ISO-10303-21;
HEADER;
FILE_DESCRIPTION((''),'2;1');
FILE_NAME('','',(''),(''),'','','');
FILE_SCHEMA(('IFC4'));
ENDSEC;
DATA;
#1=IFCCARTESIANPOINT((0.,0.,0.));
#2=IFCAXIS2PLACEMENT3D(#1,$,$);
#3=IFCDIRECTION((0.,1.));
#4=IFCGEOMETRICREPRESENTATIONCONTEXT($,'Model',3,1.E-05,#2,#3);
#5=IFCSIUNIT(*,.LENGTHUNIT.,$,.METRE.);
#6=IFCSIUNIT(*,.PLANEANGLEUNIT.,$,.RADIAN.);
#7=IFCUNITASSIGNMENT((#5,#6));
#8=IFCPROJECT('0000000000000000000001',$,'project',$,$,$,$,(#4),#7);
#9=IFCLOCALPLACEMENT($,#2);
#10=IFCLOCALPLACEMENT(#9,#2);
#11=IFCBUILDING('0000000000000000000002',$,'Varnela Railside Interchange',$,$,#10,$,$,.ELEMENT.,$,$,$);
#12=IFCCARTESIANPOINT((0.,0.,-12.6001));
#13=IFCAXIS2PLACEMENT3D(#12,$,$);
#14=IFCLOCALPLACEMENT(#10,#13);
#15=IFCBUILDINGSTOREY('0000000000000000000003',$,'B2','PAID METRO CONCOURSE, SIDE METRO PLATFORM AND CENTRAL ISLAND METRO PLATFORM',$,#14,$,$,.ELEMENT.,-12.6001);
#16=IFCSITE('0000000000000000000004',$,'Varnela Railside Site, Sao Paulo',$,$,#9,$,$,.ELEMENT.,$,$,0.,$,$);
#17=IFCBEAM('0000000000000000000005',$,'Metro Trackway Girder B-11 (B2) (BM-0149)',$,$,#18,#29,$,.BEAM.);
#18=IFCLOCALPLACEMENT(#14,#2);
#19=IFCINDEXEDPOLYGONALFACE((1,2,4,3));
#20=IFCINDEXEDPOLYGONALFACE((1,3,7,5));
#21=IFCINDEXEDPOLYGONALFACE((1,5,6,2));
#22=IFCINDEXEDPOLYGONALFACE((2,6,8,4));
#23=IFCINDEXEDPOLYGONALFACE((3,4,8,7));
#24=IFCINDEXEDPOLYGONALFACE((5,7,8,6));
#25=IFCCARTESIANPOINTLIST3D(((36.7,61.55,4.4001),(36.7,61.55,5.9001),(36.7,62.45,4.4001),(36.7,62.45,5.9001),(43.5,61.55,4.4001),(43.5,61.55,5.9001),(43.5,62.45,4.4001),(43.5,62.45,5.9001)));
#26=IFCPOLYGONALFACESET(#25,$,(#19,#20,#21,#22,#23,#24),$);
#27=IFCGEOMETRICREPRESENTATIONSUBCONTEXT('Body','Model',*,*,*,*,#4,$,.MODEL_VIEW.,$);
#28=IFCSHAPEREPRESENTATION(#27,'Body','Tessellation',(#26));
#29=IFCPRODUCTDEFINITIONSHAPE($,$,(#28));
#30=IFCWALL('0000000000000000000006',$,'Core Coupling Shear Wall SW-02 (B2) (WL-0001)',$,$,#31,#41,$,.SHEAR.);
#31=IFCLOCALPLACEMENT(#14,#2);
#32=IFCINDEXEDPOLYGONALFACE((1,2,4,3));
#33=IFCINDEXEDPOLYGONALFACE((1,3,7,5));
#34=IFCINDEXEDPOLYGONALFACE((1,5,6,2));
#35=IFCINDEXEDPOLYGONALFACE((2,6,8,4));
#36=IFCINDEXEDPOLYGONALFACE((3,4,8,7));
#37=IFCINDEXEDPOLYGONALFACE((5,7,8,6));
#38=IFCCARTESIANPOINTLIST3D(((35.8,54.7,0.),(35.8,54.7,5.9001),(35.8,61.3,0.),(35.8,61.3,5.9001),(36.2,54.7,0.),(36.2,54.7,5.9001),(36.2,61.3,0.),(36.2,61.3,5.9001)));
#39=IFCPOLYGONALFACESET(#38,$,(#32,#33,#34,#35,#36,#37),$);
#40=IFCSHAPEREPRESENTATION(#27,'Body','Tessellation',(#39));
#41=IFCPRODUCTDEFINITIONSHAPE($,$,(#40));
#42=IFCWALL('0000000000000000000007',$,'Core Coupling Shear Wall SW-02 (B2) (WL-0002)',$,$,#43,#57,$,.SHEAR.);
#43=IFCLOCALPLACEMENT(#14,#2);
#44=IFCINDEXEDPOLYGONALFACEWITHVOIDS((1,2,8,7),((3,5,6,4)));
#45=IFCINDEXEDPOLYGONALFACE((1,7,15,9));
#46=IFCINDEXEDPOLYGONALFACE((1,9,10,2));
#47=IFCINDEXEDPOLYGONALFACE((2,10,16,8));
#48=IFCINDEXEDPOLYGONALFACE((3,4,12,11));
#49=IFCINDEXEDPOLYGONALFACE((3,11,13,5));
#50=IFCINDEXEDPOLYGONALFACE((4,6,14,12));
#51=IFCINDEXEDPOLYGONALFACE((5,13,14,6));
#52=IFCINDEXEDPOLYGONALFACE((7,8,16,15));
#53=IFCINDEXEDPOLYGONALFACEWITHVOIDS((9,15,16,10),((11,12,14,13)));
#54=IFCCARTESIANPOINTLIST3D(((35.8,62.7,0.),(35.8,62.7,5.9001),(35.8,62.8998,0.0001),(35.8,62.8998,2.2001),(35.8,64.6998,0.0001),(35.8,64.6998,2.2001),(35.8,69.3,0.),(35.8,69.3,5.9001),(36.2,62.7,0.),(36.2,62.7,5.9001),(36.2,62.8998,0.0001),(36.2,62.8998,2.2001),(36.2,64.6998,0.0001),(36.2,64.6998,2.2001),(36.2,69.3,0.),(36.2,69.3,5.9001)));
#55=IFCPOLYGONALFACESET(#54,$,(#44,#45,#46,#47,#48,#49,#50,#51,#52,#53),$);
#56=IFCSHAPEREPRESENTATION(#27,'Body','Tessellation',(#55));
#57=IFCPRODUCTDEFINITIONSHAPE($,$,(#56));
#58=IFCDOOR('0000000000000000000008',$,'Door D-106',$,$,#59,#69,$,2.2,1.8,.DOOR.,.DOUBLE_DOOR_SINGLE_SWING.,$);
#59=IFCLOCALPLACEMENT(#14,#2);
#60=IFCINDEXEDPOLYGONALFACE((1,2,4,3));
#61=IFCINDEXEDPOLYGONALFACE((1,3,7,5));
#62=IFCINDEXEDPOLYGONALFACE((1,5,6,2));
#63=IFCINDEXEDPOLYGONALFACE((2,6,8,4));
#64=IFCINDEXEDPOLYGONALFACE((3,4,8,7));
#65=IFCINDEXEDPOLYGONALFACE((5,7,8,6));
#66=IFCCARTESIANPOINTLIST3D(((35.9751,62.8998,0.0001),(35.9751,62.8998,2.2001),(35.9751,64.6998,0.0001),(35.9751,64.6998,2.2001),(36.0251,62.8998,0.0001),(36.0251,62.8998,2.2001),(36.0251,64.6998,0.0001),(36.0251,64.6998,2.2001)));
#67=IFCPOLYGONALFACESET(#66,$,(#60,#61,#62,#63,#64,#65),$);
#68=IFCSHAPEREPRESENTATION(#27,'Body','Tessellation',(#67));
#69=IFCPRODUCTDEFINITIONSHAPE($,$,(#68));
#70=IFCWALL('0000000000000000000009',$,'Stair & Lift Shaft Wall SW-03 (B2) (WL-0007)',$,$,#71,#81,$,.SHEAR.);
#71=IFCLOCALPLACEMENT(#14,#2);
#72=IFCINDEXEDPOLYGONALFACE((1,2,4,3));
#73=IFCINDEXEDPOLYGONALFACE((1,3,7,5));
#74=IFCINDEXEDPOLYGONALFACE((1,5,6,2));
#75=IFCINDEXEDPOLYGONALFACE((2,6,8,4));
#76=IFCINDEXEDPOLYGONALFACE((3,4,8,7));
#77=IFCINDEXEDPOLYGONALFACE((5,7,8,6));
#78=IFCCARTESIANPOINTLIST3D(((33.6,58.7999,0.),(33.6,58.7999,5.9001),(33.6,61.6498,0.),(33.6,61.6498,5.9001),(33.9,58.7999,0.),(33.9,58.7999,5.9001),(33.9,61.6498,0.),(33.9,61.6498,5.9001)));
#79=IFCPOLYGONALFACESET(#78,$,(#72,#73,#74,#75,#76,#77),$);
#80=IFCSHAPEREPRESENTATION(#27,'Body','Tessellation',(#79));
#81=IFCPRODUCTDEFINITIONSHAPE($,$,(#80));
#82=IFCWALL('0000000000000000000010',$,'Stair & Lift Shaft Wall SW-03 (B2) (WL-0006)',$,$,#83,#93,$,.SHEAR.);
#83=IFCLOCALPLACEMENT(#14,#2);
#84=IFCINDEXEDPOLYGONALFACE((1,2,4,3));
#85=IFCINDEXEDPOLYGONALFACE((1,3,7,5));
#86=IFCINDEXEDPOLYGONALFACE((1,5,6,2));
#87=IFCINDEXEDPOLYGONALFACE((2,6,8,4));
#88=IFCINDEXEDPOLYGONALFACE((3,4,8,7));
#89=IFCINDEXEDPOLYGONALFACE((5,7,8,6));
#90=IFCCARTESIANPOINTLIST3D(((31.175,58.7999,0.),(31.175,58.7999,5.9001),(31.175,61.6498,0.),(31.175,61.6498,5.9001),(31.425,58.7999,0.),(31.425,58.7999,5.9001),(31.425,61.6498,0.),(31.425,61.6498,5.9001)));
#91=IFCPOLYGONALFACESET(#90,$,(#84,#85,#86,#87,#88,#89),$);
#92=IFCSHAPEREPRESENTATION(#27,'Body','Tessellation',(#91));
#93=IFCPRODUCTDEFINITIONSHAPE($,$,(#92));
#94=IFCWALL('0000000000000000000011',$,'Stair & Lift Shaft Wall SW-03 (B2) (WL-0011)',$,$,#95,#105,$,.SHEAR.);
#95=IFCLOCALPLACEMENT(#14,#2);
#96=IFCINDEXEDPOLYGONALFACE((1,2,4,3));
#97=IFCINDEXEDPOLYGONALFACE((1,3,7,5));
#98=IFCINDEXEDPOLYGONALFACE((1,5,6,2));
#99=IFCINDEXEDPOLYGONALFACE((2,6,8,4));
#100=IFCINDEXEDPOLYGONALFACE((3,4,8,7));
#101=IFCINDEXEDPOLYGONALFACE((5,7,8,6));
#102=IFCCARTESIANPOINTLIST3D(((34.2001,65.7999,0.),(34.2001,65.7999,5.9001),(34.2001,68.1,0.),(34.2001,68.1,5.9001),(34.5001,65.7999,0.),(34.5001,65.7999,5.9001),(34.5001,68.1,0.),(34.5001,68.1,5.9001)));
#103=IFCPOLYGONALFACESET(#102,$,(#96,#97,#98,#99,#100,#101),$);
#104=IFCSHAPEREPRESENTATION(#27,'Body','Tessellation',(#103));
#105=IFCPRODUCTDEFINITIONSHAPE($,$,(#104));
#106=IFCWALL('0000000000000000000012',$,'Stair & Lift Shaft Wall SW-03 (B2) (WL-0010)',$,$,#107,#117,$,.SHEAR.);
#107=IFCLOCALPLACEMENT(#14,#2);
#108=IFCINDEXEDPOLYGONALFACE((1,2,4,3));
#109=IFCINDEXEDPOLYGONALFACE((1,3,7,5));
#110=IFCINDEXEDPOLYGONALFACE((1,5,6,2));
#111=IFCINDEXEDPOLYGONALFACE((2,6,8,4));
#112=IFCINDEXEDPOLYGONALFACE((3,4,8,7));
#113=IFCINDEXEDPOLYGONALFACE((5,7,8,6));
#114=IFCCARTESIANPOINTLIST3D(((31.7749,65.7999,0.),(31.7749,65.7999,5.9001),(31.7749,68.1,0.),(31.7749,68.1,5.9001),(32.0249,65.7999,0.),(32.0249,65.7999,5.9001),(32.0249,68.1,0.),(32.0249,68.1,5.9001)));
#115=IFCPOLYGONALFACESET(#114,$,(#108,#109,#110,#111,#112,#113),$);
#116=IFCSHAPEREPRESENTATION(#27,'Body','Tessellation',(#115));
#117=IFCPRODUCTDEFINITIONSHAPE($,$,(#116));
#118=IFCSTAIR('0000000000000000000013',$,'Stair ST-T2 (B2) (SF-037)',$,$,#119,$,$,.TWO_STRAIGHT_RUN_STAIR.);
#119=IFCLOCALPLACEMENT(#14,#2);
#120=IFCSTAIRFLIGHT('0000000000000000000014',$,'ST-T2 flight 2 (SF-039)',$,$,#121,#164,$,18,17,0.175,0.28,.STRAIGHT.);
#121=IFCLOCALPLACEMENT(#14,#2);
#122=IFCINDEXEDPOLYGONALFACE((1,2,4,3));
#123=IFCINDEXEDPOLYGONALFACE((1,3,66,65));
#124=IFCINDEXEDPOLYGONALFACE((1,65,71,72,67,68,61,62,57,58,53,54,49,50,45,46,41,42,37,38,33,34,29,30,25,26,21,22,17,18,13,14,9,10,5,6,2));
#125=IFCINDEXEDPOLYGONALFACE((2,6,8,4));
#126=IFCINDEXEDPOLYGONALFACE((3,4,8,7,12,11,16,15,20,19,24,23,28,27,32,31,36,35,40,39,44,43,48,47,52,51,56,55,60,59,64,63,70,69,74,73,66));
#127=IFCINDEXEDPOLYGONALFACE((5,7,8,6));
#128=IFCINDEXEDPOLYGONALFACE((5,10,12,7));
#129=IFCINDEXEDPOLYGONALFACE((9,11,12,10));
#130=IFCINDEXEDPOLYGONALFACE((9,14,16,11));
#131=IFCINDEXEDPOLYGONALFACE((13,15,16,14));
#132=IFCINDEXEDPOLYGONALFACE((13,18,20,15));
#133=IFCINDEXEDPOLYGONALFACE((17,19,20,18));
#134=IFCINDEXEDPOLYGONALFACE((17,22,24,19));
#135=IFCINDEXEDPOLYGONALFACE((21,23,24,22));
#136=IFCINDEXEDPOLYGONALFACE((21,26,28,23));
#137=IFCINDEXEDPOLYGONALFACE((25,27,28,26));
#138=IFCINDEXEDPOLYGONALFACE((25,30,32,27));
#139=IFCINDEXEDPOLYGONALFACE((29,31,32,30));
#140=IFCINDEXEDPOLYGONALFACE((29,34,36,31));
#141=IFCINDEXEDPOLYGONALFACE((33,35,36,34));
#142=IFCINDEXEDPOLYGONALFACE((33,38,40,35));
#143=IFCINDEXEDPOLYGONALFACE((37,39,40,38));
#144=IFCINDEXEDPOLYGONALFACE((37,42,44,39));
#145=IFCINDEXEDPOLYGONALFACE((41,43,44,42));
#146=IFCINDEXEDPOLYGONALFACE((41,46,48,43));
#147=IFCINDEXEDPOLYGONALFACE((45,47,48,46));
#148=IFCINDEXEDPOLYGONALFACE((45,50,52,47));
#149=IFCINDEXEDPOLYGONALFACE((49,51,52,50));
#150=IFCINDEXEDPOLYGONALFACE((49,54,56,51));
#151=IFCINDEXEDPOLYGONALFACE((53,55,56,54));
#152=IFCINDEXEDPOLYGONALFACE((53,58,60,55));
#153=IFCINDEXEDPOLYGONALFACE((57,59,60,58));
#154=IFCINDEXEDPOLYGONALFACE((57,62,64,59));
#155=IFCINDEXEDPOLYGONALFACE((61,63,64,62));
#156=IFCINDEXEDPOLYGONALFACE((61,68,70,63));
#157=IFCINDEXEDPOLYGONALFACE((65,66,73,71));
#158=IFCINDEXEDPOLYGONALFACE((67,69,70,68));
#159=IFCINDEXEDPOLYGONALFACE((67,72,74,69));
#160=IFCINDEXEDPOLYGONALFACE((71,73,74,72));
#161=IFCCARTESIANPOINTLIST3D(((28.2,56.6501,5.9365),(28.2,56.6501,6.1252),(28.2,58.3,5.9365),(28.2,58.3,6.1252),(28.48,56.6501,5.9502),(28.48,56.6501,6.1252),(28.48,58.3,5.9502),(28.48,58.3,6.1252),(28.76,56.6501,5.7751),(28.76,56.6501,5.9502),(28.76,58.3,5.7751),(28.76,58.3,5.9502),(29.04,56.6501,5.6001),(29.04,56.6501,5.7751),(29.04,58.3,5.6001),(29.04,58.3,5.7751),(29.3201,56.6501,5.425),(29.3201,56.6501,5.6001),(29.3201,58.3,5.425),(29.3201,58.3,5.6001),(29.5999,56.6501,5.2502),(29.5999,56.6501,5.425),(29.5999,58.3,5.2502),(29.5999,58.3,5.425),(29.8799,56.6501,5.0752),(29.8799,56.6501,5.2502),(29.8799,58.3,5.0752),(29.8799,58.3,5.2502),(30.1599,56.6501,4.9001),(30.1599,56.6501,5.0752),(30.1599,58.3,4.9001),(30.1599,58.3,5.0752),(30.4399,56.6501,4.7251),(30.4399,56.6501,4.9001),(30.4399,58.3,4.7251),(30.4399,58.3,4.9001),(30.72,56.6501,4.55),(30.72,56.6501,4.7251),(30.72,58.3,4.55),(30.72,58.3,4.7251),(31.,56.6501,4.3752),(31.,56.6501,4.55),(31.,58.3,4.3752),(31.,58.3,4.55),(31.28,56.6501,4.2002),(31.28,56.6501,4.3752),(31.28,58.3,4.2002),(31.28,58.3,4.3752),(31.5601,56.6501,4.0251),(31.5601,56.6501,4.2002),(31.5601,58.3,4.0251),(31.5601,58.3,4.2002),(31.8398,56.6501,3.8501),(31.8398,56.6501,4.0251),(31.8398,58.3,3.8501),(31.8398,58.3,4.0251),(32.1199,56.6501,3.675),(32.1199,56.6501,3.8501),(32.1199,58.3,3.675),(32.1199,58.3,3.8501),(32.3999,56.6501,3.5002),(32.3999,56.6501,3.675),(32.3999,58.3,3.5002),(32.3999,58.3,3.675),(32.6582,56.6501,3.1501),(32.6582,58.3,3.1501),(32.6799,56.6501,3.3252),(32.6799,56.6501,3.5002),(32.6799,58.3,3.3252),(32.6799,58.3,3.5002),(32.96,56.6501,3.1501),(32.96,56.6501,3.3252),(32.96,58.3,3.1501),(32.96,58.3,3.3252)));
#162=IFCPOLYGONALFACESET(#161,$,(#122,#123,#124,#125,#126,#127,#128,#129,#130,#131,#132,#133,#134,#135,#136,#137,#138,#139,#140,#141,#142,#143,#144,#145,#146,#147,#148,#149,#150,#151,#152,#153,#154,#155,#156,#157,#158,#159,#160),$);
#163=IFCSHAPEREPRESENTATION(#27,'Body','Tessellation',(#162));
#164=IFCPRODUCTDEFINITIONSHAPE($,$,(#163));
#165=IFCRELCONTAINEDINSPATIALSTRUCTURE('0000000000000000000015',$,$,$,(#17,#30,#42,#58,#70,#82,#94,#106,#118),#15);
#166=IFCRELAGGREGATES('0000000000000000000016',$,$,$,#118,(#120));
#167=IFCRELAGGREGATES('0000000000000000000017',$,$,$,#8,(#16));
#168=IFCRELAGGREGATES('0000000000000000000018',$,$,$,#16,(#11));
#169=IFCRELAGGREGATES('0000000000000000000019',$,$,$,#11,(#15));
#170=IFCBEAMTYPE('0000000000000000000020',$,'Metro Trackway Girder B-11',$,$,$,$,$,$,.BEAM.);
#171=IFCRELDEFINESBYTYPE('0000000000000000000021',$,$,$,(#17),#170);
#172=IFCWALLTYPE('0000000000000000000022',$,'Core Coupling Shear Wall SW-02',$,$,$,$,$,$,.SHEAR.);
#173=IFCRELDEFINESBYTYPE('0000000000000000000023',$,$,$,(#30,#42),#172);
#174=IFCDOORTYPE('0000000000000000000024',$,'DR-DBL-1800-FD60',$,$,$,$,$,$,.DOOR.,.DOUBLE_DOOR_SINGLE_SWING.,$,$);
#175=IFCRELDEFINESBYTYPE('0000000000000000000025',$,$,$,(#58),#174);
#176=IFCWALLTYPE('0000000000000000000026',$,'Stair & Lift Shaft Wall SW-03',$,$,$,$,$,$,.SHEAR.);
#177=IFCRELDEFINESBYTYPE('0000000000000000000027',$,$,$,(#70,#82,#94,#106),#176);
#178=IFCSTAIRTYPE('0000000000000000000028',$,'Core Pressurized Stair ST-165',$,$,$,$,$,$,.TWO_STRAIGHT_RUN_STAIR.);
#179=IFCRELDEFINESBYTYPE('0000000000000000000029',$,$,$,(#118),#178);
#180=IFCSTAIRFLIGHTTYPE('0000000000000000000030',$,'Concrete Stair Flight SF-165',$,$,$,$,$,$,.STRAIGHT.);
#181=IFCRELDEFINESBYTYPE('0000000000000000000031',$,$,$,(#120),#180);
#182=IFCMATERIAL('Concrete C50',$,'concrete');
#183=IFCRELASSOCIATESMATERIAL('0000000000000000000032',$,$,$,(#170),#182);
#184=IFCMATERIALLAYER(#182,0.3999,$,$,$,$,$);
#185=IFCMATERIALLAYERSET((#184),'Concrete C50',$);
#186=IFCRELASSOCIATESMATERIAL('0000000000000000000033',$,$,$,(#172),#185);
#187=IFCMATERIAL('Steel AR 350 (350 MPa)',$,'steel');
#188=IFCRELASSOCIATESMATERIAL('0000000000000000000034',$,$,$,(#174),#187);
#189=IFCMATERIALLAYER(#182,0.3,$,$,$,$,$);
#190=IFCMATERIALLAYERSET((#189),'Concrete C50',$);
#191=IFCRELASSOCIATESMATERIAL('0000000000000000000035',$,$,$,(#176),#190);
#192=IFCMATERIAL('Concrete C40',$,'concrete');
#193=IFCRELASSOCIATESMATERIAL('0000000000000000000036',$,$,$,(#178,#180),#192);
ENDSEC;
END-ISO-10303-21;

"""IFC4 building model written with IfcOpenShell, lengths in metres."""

from ifc_helpers import new_model, si_unit, direction, frame, frame_2d, origin, origin_2d, place, context, subcontext, project, spatial, polyline, rectangle, outline, extrude, material, layer, layer_set, material_profile, profile_set, type_object, element, fill, aggregate, save


model = new_model("IFC4")

# Units and contexts
model_context = context("Model", 3, precision=1e-05, world=origin(), true_north=direction((0.0, 1.0)))
body_context = subcontext(model_context, "Body", "Model", "MODEL_VIEW")
ifc_project = project(units=[si_unit("LENGTHUNIT", "METRE"), si_unit("PLANEANGLEUNIT", "RADIAN")], contexts=[model_context])

# Site, building, storey
site_placement = place(None, origin())
site = spatial("IfcSite", under=ifc_project, at=site_placement, Name="Varnela Railside Site, Sao Paulo", CompositionType="ELEMENT", RefElevation=0.0)
building_placement = place(site_placement, origin())
building = spatial("IfcBuilding", under=site, at=building_placement, Name="Varnela Railside Interchange", CompositionType="ELEMENT")
storey_placement = place(building_placement, frame((0.0, 0.0, -12.6001)))
storey = spatial("IfcBuildingStorey", under=building, at=storey_placement, Name="B2", Description="PAID METRO CONCOURSE, SIDE METRO PLATFORM AND CENTRAL ISLAND METRO PLATFORM", CompositionType="ELEMENT", Elevation=-12.6001)

# Shared definitions
ifc_material_1 = material(Name="Concrete C40", Category="concrete")

# Shared definitions
ifc_material_2 = material(Name="Concrete C50", Category="concrete")

# Beam
ifc_material_profile_1 = material_profile(ifc_material_2, rectangle(XDim=0.8999, YDim=1.5, at=origin_2d()), Name="RC 900x1500")
ifc_profile_set_1 = profile_set([ifc_material_profile_1], Name="Concrete C50")
beam_type_1 = type_object("IfcBeamType", Name="Metro Trackway Girder B-11", PredefinedType="BEAM", material=ifc_profile_set_1)
for number, where, z_axis, x_axis, name in (
    (1, (36.7, 62.0, 5.1501), (1.0, 0.0, 0.0), (0.0, 1.0, 0.0), "Metro Trackway Girder B-11 (B2) (BM-0149)"),
):
    element("IfcBeam", number, at=place(storey_placement, frame(where, z_axis=z_axis, x_axis=x_axis)), inside=storey, type_object=beam_type_1, Name=name, PredefinedType="BEAM", context=body_context, shape_type="SweptSolid", body=[
        extrude(rectangle(XDim=0.8999, YDim=1.5, at=origin_2d()), origin(), (0.0, 0.0, 1.0), 6.8),
    ])

# Wall
ifc_layer_1 = layer(ifc_material_2, 0.3999)
ifc_layer_set_1 = layer_set([ifc_layer_1], Name="Concrete C50")
wall_type_1 = type_object("IfcWallType", Name="Core Coupling Shear Wall SW-02", PredefinedType="SHEAR", material=ifc_layer_set_1)
wall_1_placement = place(storey_placement, frame((36.0, 54.7, 0.0), z_axis=(0.0, 0.0, 1.0), x_axis=(0.0, 1.0, 0.0)))
element("IfcWall", 2, at=wall_1_placement, inside=storey, type_object=wall_type_1, Name="Core Coupling Shear Wall SW-02 (B2) (WL-0001)", PredefinedType="SHEAR", context=body_context, shape_type="SweptSolid", body=[
    extrude(rectangle(XDim=6.6001, YDim=0.3999, at=frame_2d((3.3, 0.0))), origin(), (0.0, 0.0, 1.0), 5.9001),
])

# Wall, opening, door
wall_2_placement = place(storey_placement, frame((36.0, 62.7, 0.0), z_axis=(0.0, 0.0, 1.0), x_axis=(0.0, 1.0, 0.0)))
wall_2 = element("IfcWall", 3, at=wall_2_placement, inside=storey, type_object=wall_type_1, Name="Core Coupling Shear Wall SW-02 (B2) (WL-0002)", PredefinedType="SHEAR", context=body_context, shape_type="SweptSolid", body=[
    extrude(rectangle(XDim=6.6001, YDim=0.3999, at=frame_2d((3.3, 0.0))), origin(), (0.0, 0.0, 1.0), 5.9001),
])
opening_placement = place(wall_2_placement, frame((0.2, 0.0, 0.0)))
opening = element("IfcOpeningElement", 4, at=opening_placement, cuts=wall_2, PredefinedType="OPENING", context=body_context, shape_type="SweptSolid", body=[
    extrude(rectangle(XDim=1.8, YDim=2.2, at=frame_2d((0.8999, 1.1001))), frame((0.0, 0.21, 0.0), z_axis=(0.0, -1.0, 0.0), x_axis=(1.0, 0.0, 0.0)), (0.0, 0.0, 1.0), 0.4199),
])
ifc_material_3 = material(Name="Steel AR 350 (350 MPa)", Category="steel")
door_type = type_object("IfcDoorType", Name="DR-DBL-1800-FD60", OperationType="DOUBLE_DOOR_SINGLE_SWING", PredefinedType="DOOR", material=ifc_material_3)
door_placement = place(opening_placement, origin())
door = element("IfcDoor", 5, at=door_placement, inside=storey, type_object=door_type, Name="Door D-106", OperationType="DOUBLE_DOOR_SINGLE_SWING", OverallHeight=2.2, OverallWidth=1.8, PredefinedType="DOOR", context=body_context, shape_type="SweptSolid", body=[
    extrude(rectangle(XDim=1.8, YDim=2.2, at=frame_2d((0.8999, 1.1001))), frame((0.0, 0.0249, 0.0), z_axis=(0.0, -1.0, 0.0), x_axis=(1.0, 0.0, 0.0)), (0.0, 0.0, 1.0), 0.05),
])
fill(opening, door)

# Walls
ifc_layer_2 = layer(ifc_material_2, 0.3)
ifc_layer_set_2 = layer_set([ifc_layer_2], Name="Concrete C50")
wall_type_2 = type_object("IfcWallType", Name="Stair & Lift Shaft Wall SW-03", PredefinedType="SHEAR", material=ifc_layer_set_2)
wall_3_placement = place(storey_placement, frame((33.75, 58.8, 0.0), z_axis=(0.0, 0.0, 1.0), x_axis=(0.0, 1.0, 0.0)))
element("IfcWall", 6, at=wall_3_placement, inside=storey, type_object=wall_type_2, Name="Stair & Lift Shaft Wall SW-03 (B2) (WL-0007)", PredefinedType="SHEAR", context=body_context, shape_type="SweptSolid", body=[
    extrude(rectangle(XDim=2.8499, YDim=0.3, at=frame_2d((1.4248, 0.0))), origin(), (0.0, 0.0, 1.0), 5.9001),
])
wall_4_placement = place(storey_placement, frame((31.3, 58.8, 0.0), z_axis=(0.0, 0.0, 1.0), x_axis=(0.0, 1.0, 0.0)))
element("IfcWall", 7, at=wall_4_placement, inside=storey, type_object=wall_type_2, Name="Stair & Lift Shaft Wall SW-03 (B2) (WL-0006)", PredefinedType="SHEAR", context=body_context, shape_type="SweptSolid", body=[
    extrude(rectangle(XDim=2.8499, YDim=0.25, at=frame_2d((1.4248, 0.0))), origin(), (0.0, 0.0, 1.0), 5.9001),
])
wall_5_placement = place(storey_placement, frame((34.3501, 65.8, 0.0), z_axis=(0.0, 0.0, 1.0), x_axis=(0.0, 1.0, 0.0)))
element("IfcWall", 8, at=wall_5_placement, inside=storey, type_object=wall_type_2, Name="Stair & Lift Shaft Wall SW-03 (B2) (WL-0011)", PredefinedType="SHEAR", context=body_context, shape_type="SweptSolid", body=[
    extrude(rectangle(XDim=2.3, YDim=0.3, at=frame_2d((1.1499, 0.0))), origin(), (0.0, 0.0, 1.0), 5.9001),
])
wall_6_placement = place(storey_placement, frame((31.8999, 65.8, 0.0), z_axis=(0.0, 0.0, 1.0), x_axis=(0.0, 1.0, 0.0)))
element("IfcWall", 9, at=wall_6_placement, inside=storey, type_object=wall_type_2, Name="Stair & Lift Shaft Wall SW-03 (B2) (WL-0010)", PredefinedType="SHEAR", context=body_context, shape_type="SweptSolid", body=[
    extrude(rectangle(XDim=2.3, YDim=0.25, at=frame_2d((1.1499, 0.0))), origin(), (0.0, 0.0, 1.0), 5.9001),
])

# Stair, stair flight
stair_type = type_object("IfcStairType", Name="Core Pressurized Stair ST-165", PredefinedType="TWO_STRAIGHT_RUN_STAIR", material=ifc_material_1)
stair_placement = place(storey_placement, origin())
stair = element("IfcStair", 10, at=stair_placement, inside=storey, type_object=stair_type, Name="Stair ST-T2 (B2) (SF-037)", PredefinedType="TWO_STRAIGHT_RUN_STAIR")
stair_flight_type = type_object("IfcStairFlightType", Name="Concrete Stair Flight SF-165", PredefinedType="STRAIGHT", material=ifc_material_1)
stair_flight_placement = place(storey_placement, frame((32.96, 57.4751, 3.1501), z_axis=(0.0, 0.0, 1.0), x_axis=(-1.0, 0.0, 0.0)))
stair_flight = element("IfcStairFlight", 11, at=stair_flight_placement, type_object=stair_flight_type, Name="ST-T2 flight 2 (SF-039)", NumberOfRisers=18, NumberOfTreads=17, PredefinedType="STRAIGHT", RiserHeight=0.175, TreadLength=0.28, context=body_context, shape_type="SweptSolid", body=[
    extrude(outline(polyline([(0.0, 0.0), (0.0, 0.175), (0.28, 0.175), (0.28, 0.3501), (0.5601, 0.3501), (0.5601, 0.5249), (0.8401, 0.5249), (0.8401, 0.7), (1.1201, 0.7), (1.1201, 0.875), (1.3999, 0.875), (1.3999, 1.05), (1.6799, 1.05), (1.6799, 1.2251), (1.96, 1.2251), (1.96, 1.3999), (2.24, 1.3999), (2.24, 1.575), (2.52, 1.575), (2.52, 1.75), (2.8, 1.75), (2.8, 1.925), (3.0801, 1.925), (3.0801, 2.1001), (3.3601, 2.1001), (3.3601, 2.2749), (3.6399, 2.2749), (3.6399, 2.45), (3.9199, 2.45), (3.9199, 2.625), (4.2, 2.625), (4.2, 2.8), (4.48, 2.8), (4.48, 2.9751), (4.76, 2.9751), (4.76, 3.1499), (4.76, 2.7864), (0.3018, 0.0), (0.0, 0.0)])), frame((0.0, 0.825, 0.0), z_axis=(0.0, -1.0, 0.0), x_axis=(1.0, 0.0, 0.0)), (0.0, 0.0, 1.0), 1.6499),
])
aggregate(stair, [stair_flight])

save(model, "model.ifc")
